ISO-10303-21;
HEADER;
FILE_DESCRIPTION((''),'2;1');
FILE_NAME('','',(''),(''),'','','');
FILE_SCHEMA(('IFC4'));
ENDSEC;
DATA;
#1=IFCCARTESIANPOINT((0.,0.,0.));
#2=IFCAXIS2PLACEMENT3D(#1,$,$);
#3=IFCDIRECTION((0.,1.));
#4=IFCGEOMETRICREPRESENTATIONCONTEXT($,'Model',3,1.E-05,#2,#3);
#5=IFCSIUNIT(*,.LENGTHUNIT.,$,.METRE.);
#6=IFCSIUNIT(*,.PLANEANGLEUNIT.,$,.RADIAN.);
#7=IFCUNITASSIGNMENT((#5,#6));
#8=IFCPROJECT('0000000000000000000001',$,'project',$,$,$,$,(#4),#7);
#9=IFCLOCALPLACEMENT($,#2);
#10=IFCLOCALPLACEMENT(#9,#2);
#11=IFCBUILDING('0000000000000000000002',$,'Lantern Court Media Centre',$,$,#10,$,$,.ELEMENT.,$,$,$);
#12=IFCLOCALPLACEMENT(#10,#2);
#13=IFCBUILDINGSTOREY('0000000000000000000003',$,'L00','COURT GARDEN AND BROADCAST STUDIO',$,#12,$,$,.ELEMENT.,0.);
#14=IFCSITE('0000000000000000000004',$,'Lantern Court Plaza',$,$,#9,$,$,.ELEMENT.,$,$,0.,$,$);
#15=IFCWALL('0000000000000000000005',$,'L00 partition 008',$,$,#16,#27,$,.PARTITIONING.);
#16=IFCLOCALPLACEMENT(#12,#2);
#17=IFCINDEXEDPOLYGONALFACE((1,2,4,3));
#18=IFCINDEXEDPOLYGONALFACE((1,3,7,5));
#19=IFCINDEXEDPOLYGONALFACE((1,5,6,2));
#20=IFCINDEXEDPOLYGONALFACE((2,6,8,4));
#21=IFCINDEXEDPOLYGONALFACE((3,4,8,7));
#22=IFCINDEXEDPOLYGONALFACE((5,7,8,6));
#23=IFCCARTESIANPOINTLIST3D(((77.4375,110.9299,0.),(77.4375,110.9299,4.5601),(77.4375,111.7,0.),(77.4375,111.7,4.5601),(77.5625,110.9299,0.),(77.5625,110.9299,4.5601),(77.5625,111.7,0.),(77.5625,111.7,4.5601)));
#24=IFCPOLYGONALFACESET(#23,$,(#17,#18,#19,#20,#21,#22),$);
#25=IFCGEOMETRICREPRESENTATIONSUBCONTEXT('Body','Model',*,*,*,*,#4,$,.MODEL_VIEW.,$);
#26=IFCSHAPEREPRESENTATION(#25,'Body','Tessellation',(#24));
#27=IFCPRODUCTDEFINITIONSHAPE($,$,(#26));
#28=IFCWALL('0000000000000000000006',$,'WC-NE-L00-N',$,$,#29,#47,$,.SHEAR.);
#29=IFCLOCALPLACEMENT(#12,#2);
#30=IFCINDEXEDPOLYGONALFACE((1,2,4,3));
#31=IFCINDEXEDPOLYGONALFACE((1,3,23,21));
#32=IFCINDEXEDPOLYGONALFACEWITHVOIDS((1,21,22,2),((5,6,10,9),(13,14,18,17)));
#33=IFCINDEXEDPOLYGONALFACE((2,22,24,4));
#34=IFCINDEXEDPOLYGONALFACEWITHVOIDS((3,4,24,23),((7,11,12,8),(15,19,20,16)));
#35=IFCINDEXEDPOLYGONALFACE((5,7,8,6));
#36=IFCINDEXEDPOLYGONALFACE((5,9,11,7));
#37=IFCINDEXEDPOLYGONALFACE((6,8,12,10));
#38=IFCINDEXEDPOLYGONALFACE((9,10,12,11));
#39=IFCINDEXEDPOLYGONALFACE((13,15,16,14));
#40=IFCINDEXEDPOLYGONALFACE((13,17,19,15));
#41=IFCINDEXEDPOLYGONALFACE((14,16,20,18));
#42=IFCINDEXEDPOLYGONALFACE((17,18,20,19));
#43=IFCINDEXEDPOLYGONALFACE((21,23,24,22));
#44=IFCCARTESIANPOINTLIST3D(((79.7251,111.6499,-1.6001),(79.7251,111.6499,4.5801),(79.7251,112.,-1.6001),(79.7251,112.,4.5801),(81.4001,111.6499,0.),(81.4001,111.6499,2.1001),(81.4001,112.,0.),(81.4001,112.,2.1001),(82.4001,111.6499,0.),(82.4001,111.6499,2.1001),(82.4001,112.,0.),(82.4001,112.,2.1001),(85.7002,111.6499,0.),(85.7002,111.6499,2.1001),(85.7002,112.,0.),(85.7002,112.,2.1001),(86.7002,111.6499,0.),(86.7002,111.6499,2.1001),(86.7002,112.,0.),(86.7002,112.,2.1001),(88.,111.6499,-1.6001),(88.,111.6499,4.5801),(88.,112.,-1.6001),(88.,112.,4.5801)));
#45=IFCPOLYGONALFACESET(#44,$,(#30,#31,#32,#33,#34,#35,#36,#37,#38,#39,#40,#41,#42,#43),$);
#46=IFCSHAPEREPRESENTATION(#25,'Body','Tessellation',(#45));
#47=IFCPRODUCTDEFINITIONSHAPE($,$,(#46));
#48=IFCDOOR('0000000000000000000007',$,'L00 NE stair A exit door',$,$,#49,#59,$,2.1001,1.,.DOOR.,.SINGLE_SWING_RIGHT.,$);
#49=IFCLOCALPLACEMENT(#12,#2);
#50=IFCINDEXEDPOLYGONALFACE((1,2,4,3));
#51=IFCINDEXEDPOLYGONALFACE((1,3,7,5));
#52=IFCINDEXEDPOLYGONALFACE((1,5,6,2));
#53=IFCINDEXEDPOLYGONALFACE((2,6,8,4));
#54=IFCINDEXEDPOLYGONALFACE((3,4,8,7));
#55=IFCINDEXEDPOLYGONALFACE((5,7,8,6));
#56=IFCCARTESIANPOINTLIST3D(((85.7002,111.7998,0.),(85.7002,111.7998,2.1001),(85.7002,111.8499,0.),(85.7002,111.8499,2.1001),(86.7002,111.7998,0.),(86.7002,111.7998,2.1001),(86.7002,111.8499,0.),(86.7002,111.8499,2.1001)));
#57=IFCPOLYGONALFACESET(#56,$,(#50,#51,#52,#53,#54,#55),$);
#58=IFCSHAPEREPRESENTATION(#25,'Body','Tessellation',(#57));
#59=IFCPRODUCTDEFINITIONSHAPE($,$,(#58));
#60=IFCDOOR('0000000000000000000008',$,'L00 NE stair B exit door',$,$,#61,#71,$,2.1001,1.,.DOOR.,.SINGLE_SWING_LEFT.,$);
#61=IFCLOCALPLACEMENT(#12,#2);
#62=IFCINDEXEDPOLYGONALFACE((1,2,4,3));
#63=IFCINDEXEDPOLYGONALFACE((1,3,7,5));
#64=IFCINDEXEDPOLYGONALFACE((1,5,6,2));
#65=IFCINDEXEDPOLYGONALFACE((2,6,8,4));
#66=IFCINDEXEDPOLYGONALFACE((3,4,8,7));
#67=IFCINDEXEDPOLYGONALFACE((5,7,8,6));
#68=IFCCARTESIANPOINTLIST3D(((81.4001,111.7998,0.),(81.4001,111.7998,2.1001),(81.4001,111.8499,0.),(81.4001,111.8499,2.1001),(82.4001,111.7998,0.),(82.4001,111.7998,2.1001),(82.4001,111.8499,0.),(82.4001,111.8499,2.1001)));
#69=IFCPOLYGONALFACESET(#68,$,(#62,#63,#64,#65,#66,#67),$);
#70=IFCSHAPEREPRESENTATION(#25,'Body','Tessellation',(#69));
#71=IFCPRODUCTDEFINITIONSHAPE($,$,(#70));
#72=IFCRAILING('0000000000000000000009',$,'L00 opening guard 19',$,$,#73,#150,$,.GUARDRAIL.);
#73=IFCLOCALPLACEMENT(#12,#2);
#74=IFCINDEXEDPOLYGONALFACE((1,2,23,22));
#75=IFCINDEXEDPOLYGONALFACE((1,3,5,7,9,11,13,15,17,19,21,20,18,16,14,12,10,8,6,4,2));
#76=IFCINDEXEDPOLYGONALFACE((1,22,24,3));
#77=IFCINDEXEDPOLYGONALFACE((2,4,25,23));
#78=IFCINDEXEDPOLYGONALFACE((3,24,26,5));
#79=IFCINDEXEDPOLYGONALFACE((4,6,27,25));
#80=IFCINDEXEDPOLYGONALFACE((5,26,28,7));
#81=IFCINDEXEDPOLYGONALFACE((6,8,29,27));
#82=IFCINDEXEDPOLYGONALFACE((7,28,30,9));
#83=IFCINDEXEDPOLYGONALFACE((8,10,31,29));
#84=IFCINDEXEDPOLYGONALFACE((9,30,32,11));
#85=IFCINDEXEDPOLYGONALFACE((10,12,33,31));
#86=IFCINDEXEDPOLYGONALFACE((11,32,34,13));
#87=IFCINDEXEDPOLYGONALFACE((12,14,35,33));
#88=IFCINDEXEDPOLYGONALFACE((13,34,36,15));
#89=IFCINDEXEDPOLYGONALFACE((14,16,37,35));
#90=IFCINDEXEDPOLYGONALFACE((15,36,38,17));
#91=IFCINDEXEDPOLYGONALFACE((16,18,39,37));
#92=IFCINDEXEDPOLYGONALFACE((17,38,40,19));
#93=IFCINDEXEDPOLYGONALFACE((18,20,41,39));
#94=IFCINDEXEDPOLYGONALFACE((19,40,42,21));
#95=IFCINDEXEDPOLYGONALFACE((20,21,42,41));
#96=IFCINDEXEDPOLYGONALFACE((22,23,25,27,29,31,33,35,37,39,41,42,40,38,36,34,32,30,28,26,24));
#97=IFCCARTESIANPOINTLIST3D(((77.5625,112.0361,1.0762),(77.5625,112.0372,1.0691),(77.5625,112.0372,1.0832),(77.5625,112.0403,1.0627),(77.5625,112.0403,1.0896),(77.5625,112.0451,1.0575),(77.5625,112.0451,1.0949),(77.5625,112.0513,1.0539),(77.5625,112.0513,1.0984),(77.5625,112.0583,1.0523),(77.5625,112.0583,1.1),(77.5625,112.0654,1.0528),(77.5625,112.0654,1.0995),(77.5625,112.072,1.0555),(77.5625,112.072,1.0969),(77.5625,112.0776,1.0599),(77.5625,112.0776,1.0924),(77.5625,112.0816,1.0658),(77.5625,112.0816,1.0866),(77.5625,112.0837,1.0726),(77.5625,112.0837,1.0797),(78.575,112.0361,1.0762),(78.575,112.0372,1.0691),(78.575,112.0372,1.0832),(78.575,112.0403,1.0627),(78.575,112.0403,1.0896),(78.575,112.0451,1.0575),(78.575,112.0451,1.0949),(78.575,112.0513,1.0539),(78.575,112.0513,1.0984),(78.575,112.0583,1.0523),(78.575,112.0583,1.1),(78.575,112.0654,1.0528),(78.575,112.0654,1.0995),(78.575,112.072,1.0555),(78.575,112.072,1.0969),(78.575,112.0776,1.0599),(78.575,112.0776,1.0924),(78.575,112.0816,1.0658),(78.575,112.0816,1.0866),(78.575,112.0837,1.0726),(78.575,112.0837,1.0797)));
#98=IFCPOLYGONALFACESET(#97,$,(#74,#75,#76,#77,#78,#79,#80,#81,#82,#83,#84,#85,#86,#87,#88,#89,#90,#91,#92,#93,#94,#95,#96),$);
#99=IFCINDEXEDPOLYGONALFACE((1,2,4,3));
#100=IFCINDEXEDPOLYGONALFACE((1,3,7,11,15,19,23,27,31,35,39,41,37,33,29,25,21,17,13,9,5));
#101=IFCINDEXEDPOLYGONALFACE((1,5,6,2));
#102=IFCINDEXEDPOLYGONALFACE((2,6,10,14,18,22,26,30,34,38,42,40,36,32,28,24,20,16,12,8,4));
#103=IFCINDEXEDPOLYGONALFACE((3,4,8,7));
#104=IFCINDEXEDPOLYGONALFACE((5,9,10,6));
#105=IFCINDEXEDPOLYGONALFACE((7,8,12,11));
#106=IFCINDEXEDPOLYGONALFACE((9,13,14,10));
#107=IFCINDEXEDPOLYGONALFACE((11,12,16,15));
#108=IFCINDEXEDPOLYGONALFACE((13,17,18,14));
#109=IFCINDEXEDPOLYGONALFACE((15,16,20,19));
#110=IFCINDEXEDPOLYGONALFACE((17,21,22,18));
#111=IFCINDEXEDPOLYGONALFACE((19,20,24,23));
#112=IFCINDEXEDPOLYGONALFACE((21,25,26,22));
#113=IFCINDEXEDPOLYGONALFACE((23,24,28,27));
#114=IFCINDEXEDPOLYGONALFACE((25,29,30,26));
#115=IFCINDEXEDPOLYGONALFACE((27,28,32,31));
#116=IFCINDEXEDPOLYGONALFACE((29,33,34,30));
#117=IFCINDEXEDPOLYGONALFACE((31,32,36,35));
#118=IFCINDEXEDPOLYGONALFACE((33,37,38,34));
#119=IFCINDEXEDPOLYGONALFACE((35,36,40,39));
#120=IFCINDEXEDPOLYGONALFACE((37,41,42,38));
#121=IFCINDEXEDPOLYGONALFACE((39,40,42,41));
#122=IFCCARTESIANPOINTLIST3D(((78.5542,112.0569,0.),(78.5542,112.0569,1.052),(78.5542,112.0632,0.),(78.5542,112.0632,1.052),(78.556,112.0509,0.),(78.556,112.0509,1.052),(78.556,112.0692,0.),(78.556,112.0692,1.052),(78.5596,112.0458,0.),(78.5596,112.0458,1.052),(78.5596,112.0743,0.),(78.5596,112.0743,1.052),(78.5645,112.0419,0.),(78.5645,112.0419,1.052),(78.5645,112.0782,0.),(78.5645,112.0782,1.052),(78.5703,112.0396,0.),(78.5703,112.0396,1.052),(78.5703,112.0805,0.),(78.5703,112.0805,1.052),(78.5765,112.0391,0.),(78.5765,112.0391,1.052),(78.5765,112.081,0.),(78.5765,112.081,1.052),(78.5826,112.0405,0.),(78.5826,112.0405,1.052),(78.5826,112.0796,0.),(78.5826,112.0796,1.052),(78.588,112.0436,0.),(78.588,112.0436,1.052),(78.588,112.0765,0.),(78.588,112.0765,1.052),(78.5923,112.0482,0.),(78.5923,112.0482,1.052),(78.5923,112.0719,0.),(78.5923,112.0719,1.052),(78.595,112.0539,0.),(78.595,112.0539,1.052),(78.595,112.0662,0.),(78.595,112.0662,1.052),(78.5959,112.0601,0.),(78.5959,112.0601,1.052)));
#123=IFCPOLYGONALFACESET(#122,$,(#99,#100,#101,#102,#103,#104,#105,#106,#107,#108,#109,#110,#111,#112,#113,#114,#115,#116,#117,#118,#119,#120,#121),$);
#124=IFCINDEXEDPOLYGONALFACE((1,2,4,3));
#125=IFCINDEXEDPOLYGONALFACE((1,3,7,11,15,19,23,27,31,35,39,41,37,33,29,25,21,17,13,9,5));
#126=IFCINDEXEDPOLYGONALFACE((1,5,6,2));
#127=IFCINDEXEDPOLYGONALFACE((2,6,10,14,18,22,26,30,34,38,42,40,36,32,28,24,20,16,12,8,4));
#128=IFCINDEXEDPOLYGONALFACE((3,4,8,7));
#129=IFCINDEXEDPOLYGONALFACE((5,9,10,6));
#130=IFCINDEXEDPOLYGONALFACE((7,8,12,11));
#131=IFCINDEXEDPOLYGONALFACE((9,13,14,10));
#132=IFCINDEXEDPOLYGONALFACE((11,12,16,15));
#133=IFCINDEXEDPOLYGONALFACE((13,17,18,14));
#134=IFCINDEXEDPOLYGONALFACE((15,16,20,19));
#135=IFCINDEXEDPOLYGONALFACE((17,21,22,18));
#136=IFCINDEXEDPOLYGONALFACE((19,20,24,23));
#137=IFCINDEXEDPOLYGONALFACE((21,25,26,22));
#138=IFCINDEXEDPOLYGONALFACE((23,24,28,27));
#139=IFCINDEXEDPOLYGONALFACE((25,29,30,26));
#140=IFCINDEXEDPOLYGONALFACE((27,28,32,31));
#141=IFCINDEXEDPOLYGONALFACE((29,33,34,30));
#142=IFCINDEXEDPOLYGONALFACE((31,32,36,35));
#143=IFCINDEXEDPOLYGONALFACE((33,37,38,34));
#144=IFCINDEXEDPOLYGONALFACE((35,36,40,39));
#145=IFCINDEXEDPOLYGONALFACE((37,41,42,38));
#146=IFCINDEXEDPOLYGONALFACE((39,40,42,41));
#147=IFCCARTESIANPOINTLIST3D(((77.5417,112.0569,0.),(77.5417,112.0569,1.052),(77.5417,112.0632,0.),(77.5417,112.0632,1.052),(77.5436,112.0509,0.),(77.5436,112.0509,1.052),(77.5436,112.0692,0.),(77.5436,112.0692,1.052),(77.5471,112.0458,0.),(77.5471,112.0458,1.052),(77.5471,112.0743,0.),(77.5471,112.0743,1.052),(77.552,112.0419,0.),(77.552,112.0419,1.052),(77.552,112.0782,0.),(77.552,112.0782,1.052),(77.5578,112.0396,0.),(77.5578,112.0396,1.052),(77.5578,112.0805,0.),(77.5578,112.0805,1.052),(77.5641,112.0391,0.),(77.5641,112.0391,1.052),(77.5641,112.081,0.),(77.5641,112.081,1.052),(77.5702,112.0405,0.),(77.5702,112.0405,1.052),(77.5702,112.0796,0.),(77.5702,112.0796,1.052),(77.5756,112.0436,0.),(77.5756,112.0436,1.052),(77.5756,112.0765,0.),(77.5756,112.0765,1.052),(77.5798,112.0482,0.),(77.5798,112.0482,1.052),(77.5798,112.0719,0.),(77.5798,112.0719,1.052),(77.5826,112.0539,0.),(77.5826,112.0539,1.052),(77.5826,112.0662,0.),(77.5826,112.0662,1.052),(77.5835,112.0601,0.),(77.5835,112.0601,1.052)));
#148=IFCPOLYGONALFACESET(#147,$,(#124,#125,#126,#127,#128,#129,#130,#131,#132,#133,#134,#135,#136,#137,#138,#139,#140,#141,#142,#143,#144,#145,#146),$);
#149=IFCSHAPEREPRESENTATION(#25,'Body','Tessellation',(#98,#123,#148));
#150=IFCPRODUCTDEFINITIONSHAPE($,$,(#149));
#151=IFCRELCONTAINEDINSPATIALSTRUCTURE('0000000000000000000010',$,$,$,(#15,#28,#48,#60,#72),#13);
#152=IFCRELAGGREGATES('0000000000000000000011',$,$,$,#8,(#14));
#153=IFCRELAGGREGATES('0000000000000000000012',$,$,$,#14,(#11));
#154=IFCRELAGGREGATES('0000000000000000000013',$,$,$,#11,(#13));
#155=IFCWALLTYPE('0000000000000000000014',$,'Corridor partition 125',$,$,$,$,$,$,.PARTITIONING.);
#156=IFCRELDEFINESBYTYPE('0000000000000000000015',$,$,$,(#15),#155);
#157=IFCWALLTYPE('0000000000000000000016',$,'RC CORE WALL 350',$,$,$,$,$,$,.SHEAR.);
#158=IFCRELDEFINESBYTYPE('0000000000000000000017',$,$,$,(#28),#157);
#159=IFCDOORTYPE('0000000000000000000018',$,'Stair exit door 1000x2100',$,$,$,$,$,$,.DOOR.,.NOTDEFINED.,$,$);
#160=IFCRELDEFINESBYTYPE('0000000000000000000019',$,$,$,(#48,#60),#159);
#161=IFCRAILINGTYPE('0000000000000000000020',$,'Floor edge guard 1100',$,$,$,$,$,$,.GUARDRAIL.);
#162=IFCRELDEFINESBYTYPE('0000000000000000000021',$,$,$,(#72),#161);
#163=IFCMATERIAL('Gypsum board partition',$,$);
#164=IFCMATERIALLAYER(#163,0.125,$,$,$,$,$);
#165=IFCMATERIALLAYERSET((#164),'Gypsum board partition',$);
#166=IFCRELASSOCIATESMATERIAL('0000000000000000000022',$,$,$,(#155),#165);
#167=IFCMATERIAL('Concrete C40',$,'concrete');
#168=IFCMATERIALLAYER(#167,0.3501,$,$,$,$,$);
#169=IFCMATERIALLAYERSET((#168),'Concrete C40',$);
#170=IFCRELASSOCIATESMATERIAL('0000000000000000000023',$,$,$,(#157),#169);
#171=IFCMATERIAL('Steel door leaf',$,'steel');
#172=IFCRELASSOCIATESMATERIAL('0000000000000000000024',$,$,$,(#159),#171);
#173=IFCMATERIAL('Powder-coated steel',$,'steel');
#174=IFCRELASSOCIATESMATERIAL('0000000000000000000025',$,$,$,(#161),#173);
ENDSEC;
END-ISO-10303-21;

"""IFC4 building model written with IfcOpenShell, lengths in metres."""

from ifc_helpers import new_model, si_unit, direction, frame, frame_2d, origin, origin_2d, place, context, subcontext, project, spatial, rectangle, circle, extrude, material, layer, layer_set, type_object, element, fill, save


model = new_model("IFC4")

# Units and contexts
model_context = context("Model", 3, precision=1e-05, world=origin(), true_north=direction((0.0, 1.0)))
body_context = subcontext(model_context, "Body", "Model", "MODEL_VIEW")
ifc_project = project(units=[si_unit("LENGTHUNIT", "METRE"), si_unit("PLANEANGLEUNIT", "RADIAN")], contexts=[model_context])

# Site, building, storey
site_placement = place(None, origin())
site = spatial("IfcSite", under=ifc_project, at=site_placement, Name="Lantern Court Plaza", CompositionType="ELEMENT", RefElevation=0.0)
building_placement = place(site_placement, origin())
building = spatial("IfcBuilding", under=site, at=building_placement, Name="Lantern Court Media Centre", CompositionType="ELEMENT")
storey_placement = place(building_placement, origin())
storey = spatial("IfcBuildingStorey", under=building, at=storey_placement, Name="L00", Description="COURT GARDEN AND BROADCAST STUDIO", CompositionType="ELEMENT", Elevation=0.0)

# Wall
ifc_material_1 = material(Name="Gypsum board partition")
ifc_layer_1 = layer(ifc_material_1, 0.125)
ifc_layer_set_1 = layer_set([ifc_layer_1], Name="Gypsum board partition")
wall_type_1 = type_object("IfcWallType", Name="Corridor partition 125", PredefinedType="PARTITIONING", material=ifc_layer_set_1)
wall_1_placement = place(storey_placement, frame((77.5, 110.9299, 0.0), z_axis=(0.0, 0.0, 1.0), x_axis=(0.0, 1.0, 0.0)))
element("IfcWall", 1, at=wall_1_placement, inside=storey, type_object=wall_type_1, Name="L00 partition 008", PredefinedType="PARTITIONING", context=body_context, shape_type="SweptSolid", body=[
    extrude(rectangle(XDim=0.77, YDim=0.125, at=frame_2d((0.385, 0.0))), origin(), (0.0, 0.0, 1.0), 4.5601),
])

# Wall, openings, doors
ifc_material_2 = material(Name="Concrete C40", Category="concrete")
ifc_layer_2 = layer(ifc_material_2, 0.3501)
ifc_layer_set_2 = layer_set([ifc_layer_2], Name="Concrete C40")
wall_type_2 = type_object("IfcWallType", Name="RC CORE WALL 350", PredefinedType="SHEAR", material=ifc_layer_set_2)
wall_2_placement = place(storey_placement, frame((79.7251, 111.825, -1.6001), z_axis=(0.0, 0.0, 1.0), x_axis=(1.0, 0.0, 0.0)))
wall_2 = element("IfcWall", 2, at=wall_2_placement, inside=storey, type_object=wall_type_2, Name="WC-NE-L00-N", PredefinedType="SHEAR", context=body_context, shape_type="SweptSolid", body=[
    extrude(rectangle(XDim=8.2749, YDim=0.3501, at=frame_2d((4.1375, 0.0))), origin(), (0.0, 0.0, 1.0), 6.1802),
])
opening_1_placement = place(wall_2_placement, frame((5.9751, 0.0, 1.6001)))
opening_1 = element("IfcOpeningElement", 3, at=opening_1_placement, cuts=wall_2, PredefinedType="OPENING", context=body_context, shape_type="SweptSolid", body=[
    extrude(rectangle(XDim=1.0, YDim=2.1001, at=frame_2d((0.5, 1.05))), frame((0.0, 0.1851, 0.0), z_axis=(0.0, -1.0, 0.0), x_axis=(1.0, 0.0, 0.0)), (0.0, 0.0, 1.0), 0.3701),
])
opening_2_placement = place(wall_2_placement, frame((1.675, 0.0, 1.6001)))
opening_2 = element("IfcOpeningElement", 4, at=opening_2_placement, cuts=wall_2, PredefinedType="OPENING", context=body_context, shape_type="SweptSolid", body=[
    extrude(rectangle(XDim=1.0, YDim=2.1001, at=frame_2d((0.5, 1.05))), frame((0.0, 0.1851, 0.0), z_axis=(0.0, -1.0, 0.0), x_axis=(1.0, 0.0, 0.0)), (0.0, 0.0, 1.0), 0.3701),
])
ifc_material_3 = material(Name="Steel door leaf", Category="steel")
door_type = type_object("IfcDoorType", Name="Stair exit door 1000x2100", OperationType="NOTDEFINED", PredefinedType="DOOR", material=ifc_material_3)
door_1_placement = place(opening_1_placement, origin())
door_1 = element("IfcDoor", 5, at=door_1_placement, inside=storey, type_object=door_type, Name="L00 NE stair A exit door", OperationType="SINGLE_SWING_RIGHT", OverallHeight=2.1001, OverallWidth=1.0, PredefinedType="DOOR", context=body_context, shape_type="SweptSolid", body=[
    extrude(rectangle(XDim=1.0, YDim=2.1001, at=frame_2d((0.5, 1.05))), frame((0.0, 0.0249, 0.0), z_axis=(0.0, -1.0, 0.0), x_axis=(1.0, 0.0, 0.0)), (0.0, 0.0, 1.0), 0.05),
])
fill(opening_1, door_1)
door_2_placement = place(opening_2_placement, origin())
door_2 = element("IfcDoor", 6, at=door_2_placement, inside=storey, type_object=door_type, Name="L00 NE stair B exit door", OperationType="SINGLE_SWING_LEFT", OverallHeight=2.1001, OverallWidth=1.0, PredefinedType="DOOR", context=body_context, shape_type="SweptSolid", body=[
    extrude(rectangle(XDim=1.0, YDim=2.1001, at=frame_2d((0.5, 1.05))), frame((0.0, 0.0249, 0.0), z_axis=(0.0, -1.0, 0.0), x_axis=(1.0, 0.0, 0.0)), (0.0, 0.0, 1.0), 0.05),
])
fill(opening_2, door_2)

# Railing
ifc_material_4 = material(Name="Powder-coated steel", Category="steel")
railing_type = type_object("IfcRailingType", Name="Floor edge guard 1100", PredefinedType="GUARDRAIL", material=ifc_material_4)
railing_1_placement = place(storey_placement, frame((78.575, 112.0601, 0.0)))
element("IfcRailing", 7, at=railing_1_placement, inside=storey, type_object=railing_type, Name="L00 opening guard 19", PredefinedType="GUARDRAIL", context=body_context, shape_type="SweptSolid", body=[
    extrude(circle(Radius=0.0239, at=origin_2d()), frame((0.0, 0.0, 1.0762), z_axis=(-1.0, 0.0, 0.0), x_axis=(0.0, -1.0, 0.0)), (0.0, 0.0, 1.0), 1.0125),
    extrude(circle(Radius=0.021, at=origin_2d()), origin(), (0.0, 0.0, 1.0), 1.052),
    extrude(circle(Radius=0.021, at=origin_2d()), frame((-1.0125, 0.0, 0.0)), (0.0, 0.0, 1.0), 1.052),
])

save(model, "model.ifc")
